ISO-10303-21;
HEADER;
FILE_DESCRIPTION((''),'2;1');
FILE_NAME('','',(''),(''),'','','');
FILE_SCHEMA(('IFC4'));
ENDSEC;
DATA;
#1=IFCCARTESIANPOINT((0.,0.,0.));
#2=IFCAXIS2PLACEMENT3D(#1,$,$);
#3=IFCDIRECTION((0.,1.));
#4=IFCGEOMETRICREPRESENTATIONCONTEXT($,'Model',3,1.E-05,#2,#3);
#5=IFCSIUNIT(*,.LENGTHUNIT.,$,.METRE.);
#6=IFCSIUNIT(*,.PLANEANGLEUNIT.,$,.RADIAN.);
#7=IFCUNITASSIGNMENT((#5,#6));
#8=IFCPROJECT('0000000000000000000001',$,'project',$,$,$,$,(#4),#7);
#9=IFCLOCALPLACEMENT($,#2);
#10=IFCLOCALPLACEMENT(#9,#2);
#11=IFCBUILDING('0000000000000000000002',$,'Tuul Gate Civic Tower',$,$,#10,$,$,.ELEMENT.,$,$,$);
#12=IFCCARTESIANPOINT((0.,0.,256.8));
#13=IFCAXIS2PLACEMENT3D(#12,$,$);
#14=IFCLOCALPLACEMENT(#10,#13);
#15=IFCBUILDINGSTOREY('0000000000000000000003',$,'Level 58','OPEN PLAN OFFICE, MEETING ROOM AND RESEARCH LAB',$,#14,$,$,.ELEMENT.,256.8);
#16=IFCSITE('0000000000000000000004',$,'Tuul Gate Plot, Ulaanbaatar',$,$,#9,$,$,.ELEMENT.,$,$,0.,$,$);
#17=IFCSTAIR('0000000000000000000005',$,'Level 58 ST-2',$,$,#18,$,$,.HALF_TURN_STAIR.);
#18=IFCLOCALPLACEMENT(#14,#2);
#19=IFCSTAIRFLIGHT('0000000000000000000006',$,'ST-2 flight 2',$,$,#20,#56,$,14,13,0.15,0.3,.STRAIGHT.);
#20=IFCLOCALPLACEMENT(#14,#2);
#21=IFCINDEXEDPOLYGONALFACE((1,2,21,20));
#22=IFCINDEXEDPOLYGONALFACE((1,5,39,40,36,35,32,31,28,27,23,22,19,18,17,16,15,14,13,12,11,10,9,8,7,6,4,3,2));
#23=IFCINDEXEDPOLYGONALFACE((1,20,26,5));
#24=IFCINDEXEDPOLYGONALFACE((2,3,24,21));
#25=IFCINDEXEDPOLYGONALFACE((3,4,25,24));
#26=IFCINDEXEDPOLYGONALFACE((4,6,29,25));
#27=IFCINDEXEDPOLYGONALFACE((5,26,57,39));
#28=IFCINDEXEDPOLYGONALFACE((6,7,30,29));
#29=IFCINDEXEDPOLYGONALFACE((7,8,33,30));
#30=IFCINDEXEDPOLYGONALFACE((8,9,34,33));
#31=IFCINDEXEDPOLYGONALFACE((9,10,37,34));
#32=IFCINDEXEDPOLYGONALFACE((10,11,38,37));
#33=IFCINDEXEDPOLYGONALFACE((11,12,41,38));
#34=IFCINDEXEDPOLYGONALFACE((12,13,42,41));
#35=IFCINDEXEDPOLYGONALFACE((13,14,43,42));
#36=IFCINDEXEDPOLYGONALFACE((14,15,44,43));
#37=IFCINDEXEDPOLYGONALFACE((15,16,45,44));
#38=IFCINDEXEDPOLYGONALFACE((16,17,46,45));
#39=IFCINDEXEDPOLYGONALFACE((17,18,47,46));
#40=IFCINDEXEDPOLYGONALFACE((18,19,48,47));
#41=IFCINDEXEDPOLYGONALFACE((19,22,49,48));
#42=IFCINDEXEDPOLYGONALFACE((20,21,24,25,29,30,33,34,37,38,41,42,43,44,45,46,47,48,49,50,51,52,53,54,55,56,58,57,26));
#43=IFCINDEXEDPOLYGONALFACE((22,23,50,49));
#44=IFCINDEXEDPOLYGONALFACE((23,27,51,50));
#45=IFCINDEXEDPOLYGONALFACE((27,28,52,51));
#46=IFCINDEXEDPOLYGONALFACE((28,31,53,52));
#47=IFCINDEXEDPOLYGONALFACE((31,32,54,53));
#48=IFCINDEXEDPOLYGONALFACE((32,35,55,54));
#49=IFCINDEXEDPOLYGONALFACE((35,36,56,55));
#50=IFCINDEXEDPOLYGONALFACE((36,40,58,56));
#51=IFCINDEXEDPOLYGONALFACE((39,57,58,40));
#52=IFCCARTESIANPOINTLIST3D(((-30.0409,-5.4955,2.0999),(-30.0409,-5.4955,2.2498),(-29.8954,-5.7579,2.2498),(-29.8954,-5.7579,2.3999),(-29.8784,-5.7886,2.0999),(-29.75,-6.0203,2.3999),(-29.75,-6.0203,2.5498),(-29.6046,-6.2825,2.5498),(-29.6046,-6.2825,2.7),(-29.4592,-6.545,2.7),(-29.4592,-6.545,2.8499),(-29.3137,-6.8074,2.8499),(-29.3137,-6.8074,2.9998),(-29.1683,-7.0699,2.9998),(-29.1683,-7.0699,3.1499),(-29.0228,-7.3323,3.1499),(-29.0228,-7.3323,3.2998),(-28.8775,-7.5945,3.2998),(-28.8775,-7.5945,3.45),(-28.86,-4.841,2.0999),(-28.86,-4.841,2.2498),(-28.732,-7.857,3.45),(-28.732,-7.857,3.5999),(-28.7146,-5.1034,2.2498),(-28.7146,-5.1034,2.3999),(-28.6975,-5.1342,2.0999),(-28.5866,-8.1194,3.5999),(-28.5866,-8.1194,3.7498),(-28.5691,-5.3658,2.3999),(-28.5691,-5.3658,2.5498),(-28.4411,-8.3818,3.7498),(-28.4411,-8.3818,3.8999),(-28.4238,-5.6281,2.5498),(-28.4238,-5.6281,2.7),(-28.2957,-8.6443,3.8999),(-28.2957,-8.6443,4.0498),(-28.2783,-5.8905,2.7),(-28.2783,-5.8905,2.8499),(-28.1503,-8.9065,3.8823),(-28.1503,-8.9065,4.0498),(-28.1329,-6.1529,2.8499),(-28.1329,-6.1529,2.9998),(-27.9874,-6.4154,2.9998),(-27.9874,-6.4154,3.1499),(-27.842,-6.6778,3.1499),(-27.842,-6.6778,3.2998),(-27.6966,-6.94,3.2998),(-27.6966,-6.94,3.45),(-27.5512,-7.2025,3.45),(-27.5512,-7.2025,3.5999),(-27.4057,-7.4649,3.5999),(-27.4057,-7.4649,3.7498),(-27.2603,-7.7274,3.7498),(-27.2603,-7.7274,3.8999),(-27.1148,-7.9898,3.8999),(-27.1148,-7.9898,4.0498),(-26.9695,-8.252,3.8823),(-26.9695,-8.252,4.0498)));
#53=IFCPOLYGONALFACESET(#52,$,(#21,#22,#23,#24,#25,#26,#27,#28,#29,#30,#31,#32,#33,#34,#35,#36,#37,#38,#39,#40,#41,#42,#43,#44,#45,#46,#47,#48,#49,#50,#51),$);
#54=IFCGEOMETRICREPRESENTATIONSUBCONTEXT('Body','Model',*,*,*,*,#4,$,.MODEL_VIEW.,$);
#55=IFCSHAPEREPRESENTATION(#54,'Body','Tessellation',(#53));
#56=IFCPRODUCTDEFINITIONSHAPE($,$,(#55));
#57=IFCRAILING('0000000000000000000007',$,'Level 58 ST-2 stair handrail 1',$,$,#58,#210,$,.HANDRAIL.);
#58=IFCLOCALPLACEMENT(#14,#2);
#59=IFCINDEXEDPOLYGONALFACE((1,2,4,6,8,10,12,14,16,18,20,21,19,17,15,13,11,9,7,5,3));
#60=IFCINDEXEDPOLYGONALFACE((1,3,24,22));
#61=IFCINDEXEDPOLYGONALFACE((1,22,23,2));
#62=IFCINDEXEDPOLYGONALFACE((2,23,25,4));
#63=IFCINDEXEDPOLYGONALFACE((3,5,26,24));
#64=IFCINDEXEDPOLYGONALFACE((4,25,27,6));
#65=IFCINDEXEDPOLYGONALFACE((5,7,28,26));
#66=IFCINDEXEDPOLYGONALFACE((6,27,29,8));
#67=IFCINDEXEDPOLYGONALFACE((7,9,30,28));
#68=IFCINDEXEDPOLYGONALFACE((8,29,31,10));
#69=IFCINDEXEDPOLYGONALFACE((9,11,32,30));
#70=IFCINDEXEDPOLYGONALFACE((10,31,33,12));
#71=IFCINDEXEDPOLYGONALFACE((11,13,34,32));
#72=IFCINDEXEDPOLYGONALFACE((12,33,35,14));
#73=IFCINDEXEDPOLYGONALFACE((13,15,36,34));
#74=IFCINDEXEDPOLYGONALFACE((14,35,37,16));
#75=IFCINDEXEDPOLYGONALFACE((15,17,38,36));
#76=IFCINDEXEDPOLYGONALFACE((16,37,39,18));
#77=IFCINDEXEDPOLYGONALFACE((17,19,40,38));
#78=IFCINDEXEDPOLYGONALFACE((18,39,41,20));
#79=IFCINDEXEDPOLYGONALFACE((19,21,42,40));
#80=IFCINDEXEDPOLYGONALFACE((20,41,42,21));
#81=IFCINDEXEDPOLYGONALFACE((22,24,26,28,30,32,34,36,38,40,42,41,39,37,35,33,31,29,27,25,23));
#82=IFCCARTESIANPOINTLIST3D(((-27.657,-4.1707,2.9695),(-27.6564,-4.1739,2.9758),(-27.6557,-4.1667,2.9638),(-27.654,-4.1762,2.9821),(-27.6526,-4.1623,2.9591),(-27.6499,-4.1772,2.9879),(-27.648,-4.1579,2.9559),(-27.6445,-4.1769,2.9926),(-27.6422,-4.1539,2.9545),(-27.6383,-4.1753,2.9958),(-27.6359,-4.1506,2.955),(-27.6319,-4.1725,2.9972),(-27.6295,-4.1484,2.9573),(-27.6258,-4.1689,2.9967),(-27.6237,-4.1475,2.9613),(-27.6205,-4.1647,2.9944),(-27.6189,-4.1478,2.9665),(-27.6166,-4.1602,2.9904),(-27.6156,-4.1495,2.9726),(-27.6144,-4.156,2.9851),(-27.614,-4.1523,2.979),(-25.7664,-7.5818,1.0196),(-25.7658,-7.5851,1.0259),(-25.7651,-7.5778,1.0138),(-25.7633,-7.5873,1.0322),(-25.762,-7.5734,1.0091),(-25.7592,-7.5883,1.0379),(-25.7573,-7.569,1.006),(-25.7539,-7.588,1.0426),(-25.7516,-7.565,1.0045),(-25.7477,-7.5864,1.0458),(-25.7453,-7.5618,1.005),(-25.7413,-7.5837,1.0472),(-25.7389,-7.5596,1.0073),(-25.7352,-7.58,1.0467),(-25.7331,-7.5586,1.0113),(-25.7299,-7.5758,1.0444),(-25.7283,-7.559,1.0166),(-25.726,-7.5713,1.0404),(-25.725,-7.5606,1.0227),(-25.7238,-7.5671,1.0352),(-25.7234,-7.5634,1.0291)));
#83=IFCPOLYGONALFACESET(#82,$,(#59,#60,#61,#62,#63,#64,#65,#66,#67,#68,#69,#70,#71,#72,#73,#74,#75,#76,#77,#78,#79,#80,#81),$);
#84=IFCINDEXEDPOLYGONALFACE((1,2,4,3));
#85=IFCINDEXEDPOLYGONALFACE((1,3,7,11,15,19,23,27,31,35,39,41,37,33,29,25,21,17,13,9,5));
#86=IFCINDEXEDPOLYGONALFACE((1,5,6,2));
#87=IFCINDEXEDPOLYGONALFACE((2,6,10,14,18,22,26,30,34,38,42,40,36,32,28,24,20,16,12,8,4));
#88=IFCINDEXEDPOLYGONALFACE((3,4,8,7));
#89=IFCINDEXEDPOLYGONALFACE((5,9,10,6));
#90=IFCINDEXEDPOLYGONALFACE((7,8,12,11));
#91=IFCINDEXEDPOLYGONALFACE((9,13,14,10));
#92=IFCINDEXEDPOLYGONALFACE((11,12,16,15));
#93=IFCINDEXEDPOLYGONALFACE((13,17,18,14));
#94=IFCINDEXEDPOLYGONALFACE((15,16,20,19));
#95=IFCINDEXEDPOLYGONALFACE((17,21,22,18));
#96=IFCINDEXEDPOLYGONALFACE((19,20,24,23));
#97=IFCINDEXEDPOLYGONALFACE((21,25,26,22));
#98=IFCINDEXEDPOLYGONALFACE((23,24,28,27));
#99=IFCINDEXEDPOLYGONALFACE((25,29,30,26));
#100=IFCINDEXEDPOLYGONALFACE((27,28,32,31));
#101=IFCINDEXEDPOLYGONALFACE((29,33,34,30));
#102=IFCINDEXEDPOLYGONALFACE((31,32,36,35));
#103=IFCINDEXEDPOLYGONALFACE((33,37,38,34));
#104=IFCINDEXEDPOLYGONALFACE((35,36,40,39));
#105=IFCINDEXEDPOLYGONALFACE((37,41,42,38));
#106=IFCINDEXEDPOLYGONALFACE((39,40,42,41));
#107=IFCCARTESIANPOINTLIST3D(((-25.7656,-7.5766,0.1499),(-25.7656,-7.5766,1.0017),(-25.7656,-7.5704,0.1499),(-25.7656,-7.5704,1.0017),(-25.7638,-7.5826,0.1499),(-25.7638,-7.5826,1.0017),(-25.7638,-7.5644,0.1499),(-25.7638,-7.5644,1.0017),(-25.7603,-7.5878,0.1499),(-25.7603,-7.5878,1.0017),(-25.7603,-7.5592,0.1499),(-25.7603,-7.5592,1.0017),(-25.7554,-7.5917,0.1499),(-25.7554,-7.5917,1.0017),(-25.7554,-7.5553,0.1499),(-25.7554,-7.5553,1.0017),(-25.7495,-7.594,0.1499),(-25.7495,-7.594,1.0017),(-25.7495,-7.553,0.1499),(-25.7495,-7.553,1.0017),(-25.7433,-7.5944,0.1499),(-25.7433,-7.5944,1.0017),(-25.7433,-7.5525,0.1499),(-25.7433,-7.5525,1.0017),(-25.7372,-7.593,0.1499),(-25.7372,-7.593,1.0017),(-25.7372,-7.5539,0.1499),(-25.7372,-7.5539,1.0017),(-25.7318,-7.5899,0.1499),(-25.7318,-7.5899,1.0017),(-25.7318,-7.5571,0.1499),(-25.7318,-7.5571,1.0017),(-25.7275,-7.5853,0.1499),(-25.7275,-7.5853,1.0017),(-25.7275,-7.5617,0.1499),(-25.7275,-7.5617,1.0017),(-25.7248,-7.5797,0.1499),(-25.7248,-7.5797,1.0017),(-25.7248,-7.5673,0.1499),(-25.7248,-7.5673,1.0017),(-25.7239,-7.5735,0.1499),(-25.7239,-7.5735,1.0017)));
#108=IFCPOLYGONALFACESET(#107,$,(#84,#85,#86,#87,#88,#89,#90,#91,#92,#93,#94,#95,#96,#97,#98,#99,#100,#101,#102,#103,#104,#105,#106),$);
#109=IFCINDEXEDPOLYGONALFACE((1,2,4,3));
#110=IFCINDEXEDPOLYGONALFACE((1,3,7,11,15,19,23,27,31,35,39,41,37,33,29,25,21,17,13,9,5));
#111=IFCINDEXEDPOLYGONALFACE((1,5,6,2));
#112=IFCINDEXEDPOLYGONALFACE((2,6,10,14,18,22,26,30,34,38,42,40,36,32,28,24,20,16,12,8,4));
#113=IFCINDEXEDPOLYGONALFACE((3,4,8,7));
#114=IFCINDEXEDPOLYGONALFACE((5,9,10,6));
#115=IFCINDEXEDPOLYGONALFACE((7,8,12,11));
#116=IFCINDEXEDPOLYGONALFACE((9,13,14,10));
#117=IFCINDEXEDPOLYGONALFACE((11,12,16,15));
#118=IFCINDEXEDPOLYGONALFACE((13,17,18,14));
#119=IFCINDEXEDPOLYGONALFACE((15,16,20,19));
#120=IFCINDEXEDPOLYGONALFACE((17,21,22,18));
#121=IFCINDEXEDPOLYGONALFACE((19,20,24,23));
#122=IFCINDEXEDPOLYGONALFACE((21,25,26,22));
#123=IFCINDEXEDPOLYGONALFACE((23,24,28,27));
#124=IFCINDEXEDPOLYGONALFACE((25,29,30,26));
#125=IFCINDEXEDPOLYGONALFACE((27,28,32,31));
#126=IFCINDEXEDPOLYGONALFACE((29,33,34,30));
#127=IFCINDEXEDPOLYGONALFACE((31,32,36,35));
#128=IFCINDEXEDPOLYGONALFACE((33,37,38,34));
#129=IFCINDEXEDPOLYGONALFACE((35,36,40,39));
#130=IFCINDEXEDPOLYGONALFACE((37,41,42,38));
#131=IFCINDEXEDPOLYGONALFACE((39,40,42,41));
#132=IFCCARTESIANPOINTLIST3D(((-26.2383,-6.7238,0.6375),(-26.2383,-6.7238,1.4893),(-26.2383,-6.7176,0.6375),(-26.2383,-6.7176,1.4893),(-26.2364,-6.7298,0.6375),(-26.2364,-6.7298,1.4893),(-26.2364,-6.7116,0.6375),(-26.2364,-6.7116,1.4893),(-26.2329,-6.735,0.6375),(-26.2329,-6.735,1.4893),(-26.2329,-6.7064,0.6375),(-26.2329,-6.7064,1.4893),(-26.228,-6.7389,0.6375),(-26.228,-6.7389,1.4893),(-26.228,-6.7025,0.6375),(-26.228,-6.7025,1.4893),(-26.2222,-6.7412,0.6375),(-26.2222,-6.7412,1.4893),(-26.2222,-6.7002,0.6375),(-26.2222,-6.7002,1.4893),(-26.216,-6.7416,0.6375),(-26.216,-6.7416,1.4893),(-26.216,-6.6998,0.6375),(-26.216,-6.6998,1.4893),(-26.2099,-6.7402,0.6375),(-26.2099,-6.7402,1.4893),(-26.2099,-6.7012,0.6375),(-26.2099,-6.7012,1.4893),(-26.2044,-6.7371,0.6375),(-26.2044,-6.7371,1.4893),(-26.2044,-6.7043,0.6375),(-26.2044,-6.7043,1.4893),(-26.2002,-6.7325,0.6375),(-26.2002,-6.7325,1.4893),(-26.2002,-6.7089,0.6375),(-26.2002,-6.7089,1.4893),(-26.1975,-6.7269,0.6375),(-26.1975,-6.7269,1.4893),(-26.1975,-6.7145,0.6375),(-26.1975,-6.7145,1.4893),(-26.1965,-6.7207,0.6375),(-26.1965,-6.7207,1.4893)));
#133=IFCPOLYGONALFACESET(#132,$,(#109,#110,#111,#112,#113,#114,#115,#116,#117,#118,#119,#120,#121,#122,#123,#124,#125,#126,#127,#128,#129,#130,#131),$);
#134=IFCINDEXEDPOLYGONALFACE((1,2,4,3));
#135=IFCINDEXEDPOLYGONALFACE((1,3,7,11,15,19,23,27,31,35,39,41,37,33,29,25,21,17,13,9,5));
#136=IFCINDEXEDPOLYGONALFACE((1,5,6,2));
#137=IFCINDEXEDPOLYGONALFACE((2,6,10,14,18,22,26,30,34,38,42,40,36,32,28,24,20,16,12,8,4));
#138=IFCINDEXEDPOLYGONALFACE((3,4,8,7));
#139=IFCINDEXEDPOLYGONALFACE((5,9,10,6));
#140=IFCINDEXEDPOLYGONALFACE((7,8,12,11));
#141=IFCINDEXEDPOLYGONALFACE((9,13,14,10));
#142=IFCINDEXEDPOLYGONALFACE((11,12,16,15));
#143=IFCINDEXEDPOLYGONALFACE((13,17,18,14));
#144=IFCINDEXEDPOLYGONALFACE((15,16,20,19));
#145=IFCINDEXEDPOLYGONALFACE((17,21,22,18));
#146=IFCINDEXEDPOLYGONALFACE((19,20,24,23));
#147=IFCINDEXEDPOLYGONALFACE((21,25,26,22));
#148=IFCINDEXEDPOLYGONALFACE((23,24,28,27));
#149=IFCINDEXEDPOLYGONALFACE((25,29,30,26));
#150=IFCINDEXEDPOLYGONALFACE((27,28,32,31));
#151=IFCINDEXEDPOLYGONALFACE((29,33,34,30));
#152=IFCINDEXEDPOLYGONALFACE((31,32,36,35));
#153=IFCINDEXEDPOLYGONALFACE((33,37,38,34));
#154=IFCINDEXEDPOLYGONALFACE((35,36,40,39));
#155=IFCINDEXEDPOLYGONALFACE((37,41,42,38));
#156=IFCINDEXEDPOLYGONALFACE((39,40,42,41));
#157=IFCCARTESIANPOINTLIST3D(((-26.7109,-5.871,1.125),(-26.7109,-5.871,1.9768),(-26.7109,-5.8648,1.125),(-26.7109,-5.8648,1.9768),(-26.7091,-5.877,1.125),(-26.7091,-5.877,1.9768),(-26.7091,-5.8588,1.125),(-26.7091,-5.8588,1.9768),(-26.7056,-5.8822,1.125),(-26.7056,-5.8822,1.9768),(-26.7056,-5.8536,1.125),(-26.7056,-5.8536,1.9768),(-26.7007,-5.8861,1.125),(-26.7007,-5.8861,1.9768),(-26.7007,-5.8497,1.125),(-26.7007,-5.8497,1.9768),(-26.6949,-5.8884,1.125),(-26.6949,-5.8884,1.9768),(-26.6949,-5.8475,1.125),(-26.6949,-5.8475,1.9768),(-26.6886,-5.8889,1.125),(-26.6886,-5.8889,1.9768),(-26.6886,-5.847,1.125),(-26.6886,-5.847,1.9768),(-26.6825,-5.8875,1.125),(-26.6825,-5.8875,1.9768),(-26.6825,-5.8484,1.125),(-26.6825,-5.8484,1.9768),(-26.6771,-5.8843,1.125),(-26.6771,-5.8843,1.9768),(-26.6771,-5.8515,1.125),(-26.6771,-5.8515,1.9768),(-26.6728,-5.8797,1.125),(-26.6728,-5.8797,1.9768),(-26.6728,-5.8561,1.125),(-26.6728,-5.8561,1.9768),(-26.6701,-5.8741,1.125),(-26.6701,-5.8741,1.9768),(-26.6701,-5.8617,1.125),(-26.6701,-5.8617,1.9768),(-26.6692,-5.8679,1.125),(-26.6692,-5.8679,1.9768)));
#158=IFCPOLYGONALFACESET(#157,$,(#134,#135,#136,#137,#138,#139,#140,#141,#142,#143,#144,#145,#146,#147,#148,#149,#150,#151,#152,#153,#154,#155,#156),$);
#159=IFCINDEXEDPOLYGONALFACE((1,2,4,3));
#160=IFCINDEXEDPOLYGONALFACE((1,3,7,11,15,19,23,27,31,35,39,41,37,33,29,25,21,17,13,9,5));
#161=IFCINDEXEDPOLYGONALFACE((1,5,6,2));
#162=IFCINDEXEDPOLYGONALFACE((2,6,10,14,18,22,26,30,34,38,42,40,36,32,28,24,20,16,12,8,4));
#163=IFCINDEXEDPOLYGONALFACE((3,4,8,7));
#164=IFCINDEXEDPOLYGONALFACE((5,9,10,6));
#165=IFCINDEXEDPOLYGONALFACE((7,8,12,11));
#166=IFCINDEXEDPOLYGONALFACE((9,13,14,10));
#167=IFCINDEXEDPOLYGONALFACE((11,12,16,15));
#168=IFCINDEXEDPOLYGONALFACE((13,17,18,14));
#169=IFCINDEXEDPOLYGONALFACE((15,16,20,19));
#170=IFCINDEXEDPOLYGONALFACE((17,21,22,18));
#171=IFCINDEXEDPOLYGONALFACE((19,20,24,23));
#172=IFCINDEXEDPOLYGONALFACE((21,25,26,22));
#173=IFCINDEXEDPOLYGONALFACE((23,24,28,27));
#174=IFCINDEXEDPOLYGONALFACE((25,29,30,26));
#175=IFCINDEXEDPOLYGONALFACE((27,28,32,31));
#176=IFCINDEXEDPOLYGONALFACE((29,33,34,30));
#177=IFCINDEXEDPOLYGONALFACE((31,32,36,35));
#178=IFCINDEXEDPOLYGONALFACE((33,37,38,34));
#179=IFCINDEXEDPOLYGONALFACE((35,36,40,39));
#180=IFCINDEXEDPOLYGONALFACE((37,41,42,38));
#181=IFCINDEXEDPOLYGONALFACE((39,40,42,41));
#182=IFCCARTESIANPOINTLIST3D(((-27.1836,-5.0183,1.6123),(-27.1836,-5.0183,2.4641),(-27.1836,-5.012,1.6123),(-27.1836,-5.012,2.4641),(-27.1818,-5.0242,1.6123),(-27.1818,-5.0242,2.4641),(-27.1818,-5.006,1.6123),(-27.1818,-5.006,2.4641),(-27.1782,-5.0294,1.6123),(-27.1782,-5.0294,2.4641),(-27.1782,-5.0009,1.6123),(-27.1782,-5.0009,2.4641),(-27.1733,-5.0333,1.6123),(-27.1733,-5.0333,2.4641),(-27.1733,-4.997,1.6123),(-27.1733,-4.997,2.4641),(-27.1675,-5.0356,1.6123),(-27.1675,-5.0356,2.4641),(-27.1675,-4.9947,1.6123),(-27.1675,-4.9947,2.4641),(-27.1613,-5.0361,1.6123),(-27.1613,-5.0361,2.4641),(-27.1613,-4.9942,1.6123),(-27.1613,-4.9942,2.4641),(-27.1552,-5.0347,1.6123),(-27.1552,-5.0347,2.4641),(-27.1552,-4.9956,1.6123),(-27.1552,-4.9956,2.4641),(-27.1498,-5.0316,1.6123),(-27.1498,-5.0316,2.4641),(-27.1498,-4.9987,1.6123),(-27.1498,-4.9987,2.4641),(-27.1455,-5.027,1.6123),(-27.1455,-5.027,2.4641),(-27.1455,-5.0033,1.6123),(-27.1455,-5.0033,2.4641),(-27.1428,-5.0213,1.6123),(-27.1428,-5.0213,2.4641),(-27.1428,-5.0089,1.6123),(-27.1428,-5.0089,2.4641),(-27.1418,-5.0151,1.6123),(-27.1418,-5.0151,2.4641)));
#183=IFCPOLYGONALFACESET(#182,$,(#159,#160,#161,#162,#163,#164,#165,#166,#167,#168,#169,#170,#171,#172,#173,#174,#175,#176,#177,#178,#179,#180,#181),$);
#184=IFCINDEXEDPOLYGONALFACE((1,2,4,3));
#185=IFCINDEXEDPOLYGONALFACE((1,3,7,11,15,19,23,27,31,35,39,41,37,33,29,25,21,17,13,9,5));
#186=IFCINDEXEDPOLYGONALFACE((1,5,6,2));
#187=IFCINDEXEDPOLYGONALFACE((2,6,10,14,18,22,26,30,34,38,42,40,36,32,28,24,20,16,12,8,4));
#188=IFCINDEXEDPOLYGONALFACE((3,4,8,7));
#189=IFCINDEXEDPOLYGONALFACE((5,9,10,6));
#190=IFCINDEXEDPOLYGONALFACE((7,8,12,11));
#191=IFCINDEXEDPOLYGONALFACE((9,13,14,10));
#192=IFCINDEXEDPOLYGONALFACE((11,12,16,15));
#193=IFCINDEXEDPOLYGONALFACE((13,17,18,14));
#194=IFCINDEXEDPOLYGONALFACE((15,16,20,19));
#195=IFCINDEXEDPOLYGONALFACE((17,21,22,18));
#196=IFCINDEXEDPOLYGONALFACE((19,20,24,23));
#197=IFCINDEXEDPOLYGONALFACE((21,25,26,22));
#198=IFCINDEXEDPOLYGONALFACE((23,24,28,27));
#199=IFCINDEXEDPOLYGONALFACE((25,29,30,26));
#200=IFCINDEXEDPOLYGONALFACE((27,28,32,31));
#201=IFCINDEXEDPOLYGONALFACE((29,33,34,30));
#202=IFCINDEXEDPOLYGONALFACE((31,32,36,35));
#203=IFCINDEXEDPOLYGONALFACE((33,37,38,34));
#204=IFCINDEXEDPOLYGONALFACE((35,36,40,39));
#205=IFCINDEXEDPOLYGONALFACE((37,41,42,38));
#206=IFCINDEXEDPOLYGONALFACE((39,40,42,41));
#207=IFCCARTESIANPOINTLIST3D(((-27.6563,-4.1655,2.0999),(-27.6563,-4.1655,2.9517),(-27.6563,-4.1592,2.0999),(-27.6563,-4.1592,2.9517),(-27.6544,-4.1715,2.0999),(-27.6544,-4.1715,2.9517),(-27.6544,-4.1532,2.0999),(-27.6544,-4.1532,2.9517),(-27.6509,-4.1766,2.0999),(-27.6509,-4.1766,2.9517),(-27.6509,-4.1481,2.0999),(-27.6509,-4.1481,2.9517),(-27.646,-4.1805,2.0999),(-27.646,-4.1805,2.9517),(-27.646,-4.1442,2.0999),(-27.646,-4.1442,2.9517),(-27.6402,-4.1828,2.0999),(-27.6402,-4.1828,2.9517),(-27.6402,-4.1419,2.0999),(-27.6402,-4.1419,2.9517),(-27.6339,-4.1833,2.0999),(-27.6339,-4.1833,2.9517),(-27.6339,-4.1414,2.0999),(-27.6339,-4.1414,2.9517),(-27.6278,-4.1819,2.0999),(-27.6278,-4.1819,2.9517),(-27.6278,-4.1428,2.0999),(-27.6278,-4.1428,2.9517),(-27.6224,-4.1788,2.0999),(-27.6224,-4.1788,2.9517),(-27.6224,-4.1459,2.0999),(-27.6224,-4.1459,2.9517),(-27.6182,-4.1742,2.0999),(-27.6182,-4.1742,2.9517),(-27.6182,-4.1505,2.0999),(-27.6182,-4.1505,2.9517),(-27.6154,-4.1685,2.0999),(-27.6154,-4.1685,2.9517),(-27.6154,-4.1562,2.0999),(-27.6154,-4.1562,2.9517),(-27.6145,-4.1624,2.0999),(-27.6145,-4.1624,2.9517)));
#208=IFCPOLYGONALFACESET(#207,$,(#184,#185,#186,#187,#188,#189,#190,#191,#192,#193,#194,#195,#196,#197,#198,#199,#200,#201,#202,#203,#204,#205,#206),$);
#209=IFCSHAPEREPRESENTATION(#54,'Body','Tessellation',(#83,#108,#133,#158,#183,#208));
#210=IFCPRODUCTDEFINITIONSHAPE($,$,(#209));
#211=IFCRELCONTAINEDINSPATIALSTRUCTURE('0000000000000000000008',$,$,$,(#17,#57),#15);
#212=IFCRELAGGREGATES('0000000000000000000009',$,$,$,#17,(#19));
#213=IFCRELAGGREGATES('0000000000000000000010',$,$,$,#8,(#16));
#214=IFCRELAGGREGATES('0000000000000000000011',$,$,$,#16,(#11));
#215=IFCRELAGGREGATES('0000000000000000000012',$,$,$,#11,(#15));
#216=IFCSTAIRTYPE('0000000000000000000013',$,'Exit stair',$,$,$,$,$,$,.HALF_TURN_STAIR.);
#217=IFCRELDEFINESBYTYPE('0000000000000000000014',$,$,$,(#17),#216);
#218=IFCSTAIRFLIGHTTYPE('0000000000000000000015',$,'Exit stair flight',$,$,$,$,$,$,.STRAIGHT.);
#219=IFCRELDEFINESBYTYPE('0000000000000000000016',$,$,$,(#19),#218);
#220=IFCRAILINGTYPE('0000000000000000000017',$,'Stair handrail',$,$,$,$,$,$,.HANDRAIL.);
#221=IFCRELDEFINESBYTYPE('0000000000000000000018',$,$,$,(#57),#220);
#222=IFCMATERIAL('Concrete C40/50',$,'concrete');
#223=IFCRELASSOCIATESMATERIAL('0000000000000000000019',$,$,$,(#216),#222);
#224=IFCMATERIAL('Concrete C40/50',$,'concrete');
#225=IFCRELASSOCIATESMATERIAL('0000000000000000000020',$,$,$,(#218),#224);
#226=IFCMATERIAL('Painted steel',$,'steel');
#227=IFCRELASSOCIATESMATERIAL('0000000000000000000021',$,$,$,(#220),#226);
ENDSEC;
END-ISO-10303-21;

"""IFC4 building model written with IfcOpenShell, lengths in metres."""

from ifc_helpers import new_model, si_unit, direction, frame, origin, origin_2d, place, context, subcontext, project, spatial, polyline, circle, outline, extrude, material, type_object, element, aggregate, save


model = new_model("IFC4")

# Units and contexts
model_context = context("Model", 3, precision=1e-05, world=origin(), true_north=direction((0.0, 1.0)))
body_context = subcontext(model_context, "Body", "Model", "MODEL_VIEW")
ifc_project = project(units=[si_unit("LENGTHUNIT", "METRE"), si_unit("PLANEANGLEUNIT", "RADIAN")], contexts=[model_context])

# Site, building, storey
site_placement = place(None, origin())
site = spatial("IfcSite", under=ifc_project, at=site_placement, Name="Tuul Gate Plot, Ulaanbaatar", CompositionType="ELEMENT", RefElevation=0.0)
building_placement = place(site_placement, origin())
building = spatial("IfcBuilding", under=site, at=building_placement, Name="Tuul Gate Civic Tower", CompositionType="ELEMENT")
storey_placement = place(building_placement, frame((0.0, 0.0, 256.8)))
storey = spatial("IfcBuildingStorey", under=building, at=storey_placement, Name="Level 58", Description="OPEN PLAN OFFICE, MEETING ROOM AND RESEARCH LAB", CompositionType="ELEMENT", Elevation=256.8)

# Stair, stair flight
ifc_material_1 = material(Name="Concrete C40/50", Category="concrete")
stair_type = type_object("IfcStairType", Name="Exit stair", PredefinedType="HALF_TURN_STAIR", material=ifc_material_1)
stair_placement = place(storey_placement, origin())
stair = element("IfcStair", 1, at=stair_placement, inside=storey, type_object=stair_type, Name="Level 58 ST-2", PredefinedType="HALF_TURN_STAIR")
ifc_material_2 = material(Name="Concrete C40/50", Category="concrete")
stair_flight_type = type_object("IfcStairFlightType", Name="Exit stair flight", PredefinedType="STRAIGHT", material=ifc_material_2)
stair_flight_1_placement = place(storey_placement, frame((-29.4504, -5.1682, 2.0999), z_axis=(0.0, 0.0, 1.0), x_axis=(0.484762, -0.874646, 0.0)))
stair_flight_1 = element("IfcStairFlight", 2, at=stair_flight_1_placement, type_object=stair_flight_type, Name="ST-2 flight 2", NumberOfRisers=14, NumberOfTreads=13, PredefinedType="STRAIGHT", RiserHeight=0.15, TreadLength=0.3, context=body_context, shape_type="SweptSolid", body=[
    extrude(outline(polyline([(0.0, 0.0), (0.0, 0.1499), (0.3, 0.1499), (0.3, 0.3), (0.6001, 0.3), (0.6001, 0.45), (0.8999, 0.45), (0.8999, 0.6001), (1.2, 0.6001), (1.2, 0.75), (1.5, 0.75), (1.5, 0.8999), (1.8, 0.8999), (1.8, 1.05), (2.1001, 1.05), (2.1001, 1.2), (2.3999, 1.2), (2.3999, 1.3501), (2.7, 1.3501), (2.7, 1.5), (3.0, 1.5), (3.0, 1.6499), (3.3, 1.6499), (3.3, 1.8), (3.6001, 1.8), (3.6001, 1.95), (3.8999, 1.95), (3.8999, 2.1001), (3.8999, 1.7825), (0.3352, 0.0), (0.0, 0.0)])), frame((0.0, 0.675, 0.0), z_axis=(0.0, -1.0, 0.0), x_axis=(1.0, 0.0, 0.0)), (0.0, 0.0, 1.0), 1.3501),
])
aggregate(stair, [stair_flight_1])

# Railing
ifc_material_3 = material(Name="Painted steel", Category="steel")
railing_type_1 = type_object("IfcRailingType", Name="Stair handrail", PredefinedType="HANDRAIL", material=ifc_material_3)
railing_1_placement = place(storey_placement, frame((-25.7449, -7.5735, 0.1499)))
element("IfcRailing", 3, at=railing_1_placement, inside=storey, type_object=railing_type_1, Name="Level 58 ST-2 stair handrail 1", PredefinedType="HANDRAIL", context=body_context, shape_type="SweptSolid", body=[
    extrude(circle(Radius=0.0239, at=origin_2d()), frame((0.0, 0.0, 0.876), z_axis=(-0.433595, 0.782308, 0.447201), x_axis=(-0.874641, -0.484771, 0.0)), (0.0, 0.0, 1.0), 4.3604),
    extrude(circle(Radius=0.021, at=origin_2d()), origin(), (0.0, 0.0, 1.0), 0.8518),
    extrude(circle(Radius=0.021, at=origin_2d()), frame((-0.4727, 0.8528, 0.4875)), (0.0, 0.0, 1.0), 0.8518),
    extrude(circle(Radius=0.021, at=origin_2d()), frame((-0.9453, 1.7056, 0.9751)), (0.0, 0.0, 1.0), 0.8518),
    extrude(circle(Radius=0.021, at=origin_2d()), frame((-1.418, 2.5583, 1.4624)), (0.0, 0.0, 1.0), 0.8518),
    extrude(circle(Radius=0.021, at=origin_2d()), frame((-1.8906, 3.4111, 1.95)), (0.0, 0.0, 1.0), 0.8518),
])

save(model, "model.ifc")
